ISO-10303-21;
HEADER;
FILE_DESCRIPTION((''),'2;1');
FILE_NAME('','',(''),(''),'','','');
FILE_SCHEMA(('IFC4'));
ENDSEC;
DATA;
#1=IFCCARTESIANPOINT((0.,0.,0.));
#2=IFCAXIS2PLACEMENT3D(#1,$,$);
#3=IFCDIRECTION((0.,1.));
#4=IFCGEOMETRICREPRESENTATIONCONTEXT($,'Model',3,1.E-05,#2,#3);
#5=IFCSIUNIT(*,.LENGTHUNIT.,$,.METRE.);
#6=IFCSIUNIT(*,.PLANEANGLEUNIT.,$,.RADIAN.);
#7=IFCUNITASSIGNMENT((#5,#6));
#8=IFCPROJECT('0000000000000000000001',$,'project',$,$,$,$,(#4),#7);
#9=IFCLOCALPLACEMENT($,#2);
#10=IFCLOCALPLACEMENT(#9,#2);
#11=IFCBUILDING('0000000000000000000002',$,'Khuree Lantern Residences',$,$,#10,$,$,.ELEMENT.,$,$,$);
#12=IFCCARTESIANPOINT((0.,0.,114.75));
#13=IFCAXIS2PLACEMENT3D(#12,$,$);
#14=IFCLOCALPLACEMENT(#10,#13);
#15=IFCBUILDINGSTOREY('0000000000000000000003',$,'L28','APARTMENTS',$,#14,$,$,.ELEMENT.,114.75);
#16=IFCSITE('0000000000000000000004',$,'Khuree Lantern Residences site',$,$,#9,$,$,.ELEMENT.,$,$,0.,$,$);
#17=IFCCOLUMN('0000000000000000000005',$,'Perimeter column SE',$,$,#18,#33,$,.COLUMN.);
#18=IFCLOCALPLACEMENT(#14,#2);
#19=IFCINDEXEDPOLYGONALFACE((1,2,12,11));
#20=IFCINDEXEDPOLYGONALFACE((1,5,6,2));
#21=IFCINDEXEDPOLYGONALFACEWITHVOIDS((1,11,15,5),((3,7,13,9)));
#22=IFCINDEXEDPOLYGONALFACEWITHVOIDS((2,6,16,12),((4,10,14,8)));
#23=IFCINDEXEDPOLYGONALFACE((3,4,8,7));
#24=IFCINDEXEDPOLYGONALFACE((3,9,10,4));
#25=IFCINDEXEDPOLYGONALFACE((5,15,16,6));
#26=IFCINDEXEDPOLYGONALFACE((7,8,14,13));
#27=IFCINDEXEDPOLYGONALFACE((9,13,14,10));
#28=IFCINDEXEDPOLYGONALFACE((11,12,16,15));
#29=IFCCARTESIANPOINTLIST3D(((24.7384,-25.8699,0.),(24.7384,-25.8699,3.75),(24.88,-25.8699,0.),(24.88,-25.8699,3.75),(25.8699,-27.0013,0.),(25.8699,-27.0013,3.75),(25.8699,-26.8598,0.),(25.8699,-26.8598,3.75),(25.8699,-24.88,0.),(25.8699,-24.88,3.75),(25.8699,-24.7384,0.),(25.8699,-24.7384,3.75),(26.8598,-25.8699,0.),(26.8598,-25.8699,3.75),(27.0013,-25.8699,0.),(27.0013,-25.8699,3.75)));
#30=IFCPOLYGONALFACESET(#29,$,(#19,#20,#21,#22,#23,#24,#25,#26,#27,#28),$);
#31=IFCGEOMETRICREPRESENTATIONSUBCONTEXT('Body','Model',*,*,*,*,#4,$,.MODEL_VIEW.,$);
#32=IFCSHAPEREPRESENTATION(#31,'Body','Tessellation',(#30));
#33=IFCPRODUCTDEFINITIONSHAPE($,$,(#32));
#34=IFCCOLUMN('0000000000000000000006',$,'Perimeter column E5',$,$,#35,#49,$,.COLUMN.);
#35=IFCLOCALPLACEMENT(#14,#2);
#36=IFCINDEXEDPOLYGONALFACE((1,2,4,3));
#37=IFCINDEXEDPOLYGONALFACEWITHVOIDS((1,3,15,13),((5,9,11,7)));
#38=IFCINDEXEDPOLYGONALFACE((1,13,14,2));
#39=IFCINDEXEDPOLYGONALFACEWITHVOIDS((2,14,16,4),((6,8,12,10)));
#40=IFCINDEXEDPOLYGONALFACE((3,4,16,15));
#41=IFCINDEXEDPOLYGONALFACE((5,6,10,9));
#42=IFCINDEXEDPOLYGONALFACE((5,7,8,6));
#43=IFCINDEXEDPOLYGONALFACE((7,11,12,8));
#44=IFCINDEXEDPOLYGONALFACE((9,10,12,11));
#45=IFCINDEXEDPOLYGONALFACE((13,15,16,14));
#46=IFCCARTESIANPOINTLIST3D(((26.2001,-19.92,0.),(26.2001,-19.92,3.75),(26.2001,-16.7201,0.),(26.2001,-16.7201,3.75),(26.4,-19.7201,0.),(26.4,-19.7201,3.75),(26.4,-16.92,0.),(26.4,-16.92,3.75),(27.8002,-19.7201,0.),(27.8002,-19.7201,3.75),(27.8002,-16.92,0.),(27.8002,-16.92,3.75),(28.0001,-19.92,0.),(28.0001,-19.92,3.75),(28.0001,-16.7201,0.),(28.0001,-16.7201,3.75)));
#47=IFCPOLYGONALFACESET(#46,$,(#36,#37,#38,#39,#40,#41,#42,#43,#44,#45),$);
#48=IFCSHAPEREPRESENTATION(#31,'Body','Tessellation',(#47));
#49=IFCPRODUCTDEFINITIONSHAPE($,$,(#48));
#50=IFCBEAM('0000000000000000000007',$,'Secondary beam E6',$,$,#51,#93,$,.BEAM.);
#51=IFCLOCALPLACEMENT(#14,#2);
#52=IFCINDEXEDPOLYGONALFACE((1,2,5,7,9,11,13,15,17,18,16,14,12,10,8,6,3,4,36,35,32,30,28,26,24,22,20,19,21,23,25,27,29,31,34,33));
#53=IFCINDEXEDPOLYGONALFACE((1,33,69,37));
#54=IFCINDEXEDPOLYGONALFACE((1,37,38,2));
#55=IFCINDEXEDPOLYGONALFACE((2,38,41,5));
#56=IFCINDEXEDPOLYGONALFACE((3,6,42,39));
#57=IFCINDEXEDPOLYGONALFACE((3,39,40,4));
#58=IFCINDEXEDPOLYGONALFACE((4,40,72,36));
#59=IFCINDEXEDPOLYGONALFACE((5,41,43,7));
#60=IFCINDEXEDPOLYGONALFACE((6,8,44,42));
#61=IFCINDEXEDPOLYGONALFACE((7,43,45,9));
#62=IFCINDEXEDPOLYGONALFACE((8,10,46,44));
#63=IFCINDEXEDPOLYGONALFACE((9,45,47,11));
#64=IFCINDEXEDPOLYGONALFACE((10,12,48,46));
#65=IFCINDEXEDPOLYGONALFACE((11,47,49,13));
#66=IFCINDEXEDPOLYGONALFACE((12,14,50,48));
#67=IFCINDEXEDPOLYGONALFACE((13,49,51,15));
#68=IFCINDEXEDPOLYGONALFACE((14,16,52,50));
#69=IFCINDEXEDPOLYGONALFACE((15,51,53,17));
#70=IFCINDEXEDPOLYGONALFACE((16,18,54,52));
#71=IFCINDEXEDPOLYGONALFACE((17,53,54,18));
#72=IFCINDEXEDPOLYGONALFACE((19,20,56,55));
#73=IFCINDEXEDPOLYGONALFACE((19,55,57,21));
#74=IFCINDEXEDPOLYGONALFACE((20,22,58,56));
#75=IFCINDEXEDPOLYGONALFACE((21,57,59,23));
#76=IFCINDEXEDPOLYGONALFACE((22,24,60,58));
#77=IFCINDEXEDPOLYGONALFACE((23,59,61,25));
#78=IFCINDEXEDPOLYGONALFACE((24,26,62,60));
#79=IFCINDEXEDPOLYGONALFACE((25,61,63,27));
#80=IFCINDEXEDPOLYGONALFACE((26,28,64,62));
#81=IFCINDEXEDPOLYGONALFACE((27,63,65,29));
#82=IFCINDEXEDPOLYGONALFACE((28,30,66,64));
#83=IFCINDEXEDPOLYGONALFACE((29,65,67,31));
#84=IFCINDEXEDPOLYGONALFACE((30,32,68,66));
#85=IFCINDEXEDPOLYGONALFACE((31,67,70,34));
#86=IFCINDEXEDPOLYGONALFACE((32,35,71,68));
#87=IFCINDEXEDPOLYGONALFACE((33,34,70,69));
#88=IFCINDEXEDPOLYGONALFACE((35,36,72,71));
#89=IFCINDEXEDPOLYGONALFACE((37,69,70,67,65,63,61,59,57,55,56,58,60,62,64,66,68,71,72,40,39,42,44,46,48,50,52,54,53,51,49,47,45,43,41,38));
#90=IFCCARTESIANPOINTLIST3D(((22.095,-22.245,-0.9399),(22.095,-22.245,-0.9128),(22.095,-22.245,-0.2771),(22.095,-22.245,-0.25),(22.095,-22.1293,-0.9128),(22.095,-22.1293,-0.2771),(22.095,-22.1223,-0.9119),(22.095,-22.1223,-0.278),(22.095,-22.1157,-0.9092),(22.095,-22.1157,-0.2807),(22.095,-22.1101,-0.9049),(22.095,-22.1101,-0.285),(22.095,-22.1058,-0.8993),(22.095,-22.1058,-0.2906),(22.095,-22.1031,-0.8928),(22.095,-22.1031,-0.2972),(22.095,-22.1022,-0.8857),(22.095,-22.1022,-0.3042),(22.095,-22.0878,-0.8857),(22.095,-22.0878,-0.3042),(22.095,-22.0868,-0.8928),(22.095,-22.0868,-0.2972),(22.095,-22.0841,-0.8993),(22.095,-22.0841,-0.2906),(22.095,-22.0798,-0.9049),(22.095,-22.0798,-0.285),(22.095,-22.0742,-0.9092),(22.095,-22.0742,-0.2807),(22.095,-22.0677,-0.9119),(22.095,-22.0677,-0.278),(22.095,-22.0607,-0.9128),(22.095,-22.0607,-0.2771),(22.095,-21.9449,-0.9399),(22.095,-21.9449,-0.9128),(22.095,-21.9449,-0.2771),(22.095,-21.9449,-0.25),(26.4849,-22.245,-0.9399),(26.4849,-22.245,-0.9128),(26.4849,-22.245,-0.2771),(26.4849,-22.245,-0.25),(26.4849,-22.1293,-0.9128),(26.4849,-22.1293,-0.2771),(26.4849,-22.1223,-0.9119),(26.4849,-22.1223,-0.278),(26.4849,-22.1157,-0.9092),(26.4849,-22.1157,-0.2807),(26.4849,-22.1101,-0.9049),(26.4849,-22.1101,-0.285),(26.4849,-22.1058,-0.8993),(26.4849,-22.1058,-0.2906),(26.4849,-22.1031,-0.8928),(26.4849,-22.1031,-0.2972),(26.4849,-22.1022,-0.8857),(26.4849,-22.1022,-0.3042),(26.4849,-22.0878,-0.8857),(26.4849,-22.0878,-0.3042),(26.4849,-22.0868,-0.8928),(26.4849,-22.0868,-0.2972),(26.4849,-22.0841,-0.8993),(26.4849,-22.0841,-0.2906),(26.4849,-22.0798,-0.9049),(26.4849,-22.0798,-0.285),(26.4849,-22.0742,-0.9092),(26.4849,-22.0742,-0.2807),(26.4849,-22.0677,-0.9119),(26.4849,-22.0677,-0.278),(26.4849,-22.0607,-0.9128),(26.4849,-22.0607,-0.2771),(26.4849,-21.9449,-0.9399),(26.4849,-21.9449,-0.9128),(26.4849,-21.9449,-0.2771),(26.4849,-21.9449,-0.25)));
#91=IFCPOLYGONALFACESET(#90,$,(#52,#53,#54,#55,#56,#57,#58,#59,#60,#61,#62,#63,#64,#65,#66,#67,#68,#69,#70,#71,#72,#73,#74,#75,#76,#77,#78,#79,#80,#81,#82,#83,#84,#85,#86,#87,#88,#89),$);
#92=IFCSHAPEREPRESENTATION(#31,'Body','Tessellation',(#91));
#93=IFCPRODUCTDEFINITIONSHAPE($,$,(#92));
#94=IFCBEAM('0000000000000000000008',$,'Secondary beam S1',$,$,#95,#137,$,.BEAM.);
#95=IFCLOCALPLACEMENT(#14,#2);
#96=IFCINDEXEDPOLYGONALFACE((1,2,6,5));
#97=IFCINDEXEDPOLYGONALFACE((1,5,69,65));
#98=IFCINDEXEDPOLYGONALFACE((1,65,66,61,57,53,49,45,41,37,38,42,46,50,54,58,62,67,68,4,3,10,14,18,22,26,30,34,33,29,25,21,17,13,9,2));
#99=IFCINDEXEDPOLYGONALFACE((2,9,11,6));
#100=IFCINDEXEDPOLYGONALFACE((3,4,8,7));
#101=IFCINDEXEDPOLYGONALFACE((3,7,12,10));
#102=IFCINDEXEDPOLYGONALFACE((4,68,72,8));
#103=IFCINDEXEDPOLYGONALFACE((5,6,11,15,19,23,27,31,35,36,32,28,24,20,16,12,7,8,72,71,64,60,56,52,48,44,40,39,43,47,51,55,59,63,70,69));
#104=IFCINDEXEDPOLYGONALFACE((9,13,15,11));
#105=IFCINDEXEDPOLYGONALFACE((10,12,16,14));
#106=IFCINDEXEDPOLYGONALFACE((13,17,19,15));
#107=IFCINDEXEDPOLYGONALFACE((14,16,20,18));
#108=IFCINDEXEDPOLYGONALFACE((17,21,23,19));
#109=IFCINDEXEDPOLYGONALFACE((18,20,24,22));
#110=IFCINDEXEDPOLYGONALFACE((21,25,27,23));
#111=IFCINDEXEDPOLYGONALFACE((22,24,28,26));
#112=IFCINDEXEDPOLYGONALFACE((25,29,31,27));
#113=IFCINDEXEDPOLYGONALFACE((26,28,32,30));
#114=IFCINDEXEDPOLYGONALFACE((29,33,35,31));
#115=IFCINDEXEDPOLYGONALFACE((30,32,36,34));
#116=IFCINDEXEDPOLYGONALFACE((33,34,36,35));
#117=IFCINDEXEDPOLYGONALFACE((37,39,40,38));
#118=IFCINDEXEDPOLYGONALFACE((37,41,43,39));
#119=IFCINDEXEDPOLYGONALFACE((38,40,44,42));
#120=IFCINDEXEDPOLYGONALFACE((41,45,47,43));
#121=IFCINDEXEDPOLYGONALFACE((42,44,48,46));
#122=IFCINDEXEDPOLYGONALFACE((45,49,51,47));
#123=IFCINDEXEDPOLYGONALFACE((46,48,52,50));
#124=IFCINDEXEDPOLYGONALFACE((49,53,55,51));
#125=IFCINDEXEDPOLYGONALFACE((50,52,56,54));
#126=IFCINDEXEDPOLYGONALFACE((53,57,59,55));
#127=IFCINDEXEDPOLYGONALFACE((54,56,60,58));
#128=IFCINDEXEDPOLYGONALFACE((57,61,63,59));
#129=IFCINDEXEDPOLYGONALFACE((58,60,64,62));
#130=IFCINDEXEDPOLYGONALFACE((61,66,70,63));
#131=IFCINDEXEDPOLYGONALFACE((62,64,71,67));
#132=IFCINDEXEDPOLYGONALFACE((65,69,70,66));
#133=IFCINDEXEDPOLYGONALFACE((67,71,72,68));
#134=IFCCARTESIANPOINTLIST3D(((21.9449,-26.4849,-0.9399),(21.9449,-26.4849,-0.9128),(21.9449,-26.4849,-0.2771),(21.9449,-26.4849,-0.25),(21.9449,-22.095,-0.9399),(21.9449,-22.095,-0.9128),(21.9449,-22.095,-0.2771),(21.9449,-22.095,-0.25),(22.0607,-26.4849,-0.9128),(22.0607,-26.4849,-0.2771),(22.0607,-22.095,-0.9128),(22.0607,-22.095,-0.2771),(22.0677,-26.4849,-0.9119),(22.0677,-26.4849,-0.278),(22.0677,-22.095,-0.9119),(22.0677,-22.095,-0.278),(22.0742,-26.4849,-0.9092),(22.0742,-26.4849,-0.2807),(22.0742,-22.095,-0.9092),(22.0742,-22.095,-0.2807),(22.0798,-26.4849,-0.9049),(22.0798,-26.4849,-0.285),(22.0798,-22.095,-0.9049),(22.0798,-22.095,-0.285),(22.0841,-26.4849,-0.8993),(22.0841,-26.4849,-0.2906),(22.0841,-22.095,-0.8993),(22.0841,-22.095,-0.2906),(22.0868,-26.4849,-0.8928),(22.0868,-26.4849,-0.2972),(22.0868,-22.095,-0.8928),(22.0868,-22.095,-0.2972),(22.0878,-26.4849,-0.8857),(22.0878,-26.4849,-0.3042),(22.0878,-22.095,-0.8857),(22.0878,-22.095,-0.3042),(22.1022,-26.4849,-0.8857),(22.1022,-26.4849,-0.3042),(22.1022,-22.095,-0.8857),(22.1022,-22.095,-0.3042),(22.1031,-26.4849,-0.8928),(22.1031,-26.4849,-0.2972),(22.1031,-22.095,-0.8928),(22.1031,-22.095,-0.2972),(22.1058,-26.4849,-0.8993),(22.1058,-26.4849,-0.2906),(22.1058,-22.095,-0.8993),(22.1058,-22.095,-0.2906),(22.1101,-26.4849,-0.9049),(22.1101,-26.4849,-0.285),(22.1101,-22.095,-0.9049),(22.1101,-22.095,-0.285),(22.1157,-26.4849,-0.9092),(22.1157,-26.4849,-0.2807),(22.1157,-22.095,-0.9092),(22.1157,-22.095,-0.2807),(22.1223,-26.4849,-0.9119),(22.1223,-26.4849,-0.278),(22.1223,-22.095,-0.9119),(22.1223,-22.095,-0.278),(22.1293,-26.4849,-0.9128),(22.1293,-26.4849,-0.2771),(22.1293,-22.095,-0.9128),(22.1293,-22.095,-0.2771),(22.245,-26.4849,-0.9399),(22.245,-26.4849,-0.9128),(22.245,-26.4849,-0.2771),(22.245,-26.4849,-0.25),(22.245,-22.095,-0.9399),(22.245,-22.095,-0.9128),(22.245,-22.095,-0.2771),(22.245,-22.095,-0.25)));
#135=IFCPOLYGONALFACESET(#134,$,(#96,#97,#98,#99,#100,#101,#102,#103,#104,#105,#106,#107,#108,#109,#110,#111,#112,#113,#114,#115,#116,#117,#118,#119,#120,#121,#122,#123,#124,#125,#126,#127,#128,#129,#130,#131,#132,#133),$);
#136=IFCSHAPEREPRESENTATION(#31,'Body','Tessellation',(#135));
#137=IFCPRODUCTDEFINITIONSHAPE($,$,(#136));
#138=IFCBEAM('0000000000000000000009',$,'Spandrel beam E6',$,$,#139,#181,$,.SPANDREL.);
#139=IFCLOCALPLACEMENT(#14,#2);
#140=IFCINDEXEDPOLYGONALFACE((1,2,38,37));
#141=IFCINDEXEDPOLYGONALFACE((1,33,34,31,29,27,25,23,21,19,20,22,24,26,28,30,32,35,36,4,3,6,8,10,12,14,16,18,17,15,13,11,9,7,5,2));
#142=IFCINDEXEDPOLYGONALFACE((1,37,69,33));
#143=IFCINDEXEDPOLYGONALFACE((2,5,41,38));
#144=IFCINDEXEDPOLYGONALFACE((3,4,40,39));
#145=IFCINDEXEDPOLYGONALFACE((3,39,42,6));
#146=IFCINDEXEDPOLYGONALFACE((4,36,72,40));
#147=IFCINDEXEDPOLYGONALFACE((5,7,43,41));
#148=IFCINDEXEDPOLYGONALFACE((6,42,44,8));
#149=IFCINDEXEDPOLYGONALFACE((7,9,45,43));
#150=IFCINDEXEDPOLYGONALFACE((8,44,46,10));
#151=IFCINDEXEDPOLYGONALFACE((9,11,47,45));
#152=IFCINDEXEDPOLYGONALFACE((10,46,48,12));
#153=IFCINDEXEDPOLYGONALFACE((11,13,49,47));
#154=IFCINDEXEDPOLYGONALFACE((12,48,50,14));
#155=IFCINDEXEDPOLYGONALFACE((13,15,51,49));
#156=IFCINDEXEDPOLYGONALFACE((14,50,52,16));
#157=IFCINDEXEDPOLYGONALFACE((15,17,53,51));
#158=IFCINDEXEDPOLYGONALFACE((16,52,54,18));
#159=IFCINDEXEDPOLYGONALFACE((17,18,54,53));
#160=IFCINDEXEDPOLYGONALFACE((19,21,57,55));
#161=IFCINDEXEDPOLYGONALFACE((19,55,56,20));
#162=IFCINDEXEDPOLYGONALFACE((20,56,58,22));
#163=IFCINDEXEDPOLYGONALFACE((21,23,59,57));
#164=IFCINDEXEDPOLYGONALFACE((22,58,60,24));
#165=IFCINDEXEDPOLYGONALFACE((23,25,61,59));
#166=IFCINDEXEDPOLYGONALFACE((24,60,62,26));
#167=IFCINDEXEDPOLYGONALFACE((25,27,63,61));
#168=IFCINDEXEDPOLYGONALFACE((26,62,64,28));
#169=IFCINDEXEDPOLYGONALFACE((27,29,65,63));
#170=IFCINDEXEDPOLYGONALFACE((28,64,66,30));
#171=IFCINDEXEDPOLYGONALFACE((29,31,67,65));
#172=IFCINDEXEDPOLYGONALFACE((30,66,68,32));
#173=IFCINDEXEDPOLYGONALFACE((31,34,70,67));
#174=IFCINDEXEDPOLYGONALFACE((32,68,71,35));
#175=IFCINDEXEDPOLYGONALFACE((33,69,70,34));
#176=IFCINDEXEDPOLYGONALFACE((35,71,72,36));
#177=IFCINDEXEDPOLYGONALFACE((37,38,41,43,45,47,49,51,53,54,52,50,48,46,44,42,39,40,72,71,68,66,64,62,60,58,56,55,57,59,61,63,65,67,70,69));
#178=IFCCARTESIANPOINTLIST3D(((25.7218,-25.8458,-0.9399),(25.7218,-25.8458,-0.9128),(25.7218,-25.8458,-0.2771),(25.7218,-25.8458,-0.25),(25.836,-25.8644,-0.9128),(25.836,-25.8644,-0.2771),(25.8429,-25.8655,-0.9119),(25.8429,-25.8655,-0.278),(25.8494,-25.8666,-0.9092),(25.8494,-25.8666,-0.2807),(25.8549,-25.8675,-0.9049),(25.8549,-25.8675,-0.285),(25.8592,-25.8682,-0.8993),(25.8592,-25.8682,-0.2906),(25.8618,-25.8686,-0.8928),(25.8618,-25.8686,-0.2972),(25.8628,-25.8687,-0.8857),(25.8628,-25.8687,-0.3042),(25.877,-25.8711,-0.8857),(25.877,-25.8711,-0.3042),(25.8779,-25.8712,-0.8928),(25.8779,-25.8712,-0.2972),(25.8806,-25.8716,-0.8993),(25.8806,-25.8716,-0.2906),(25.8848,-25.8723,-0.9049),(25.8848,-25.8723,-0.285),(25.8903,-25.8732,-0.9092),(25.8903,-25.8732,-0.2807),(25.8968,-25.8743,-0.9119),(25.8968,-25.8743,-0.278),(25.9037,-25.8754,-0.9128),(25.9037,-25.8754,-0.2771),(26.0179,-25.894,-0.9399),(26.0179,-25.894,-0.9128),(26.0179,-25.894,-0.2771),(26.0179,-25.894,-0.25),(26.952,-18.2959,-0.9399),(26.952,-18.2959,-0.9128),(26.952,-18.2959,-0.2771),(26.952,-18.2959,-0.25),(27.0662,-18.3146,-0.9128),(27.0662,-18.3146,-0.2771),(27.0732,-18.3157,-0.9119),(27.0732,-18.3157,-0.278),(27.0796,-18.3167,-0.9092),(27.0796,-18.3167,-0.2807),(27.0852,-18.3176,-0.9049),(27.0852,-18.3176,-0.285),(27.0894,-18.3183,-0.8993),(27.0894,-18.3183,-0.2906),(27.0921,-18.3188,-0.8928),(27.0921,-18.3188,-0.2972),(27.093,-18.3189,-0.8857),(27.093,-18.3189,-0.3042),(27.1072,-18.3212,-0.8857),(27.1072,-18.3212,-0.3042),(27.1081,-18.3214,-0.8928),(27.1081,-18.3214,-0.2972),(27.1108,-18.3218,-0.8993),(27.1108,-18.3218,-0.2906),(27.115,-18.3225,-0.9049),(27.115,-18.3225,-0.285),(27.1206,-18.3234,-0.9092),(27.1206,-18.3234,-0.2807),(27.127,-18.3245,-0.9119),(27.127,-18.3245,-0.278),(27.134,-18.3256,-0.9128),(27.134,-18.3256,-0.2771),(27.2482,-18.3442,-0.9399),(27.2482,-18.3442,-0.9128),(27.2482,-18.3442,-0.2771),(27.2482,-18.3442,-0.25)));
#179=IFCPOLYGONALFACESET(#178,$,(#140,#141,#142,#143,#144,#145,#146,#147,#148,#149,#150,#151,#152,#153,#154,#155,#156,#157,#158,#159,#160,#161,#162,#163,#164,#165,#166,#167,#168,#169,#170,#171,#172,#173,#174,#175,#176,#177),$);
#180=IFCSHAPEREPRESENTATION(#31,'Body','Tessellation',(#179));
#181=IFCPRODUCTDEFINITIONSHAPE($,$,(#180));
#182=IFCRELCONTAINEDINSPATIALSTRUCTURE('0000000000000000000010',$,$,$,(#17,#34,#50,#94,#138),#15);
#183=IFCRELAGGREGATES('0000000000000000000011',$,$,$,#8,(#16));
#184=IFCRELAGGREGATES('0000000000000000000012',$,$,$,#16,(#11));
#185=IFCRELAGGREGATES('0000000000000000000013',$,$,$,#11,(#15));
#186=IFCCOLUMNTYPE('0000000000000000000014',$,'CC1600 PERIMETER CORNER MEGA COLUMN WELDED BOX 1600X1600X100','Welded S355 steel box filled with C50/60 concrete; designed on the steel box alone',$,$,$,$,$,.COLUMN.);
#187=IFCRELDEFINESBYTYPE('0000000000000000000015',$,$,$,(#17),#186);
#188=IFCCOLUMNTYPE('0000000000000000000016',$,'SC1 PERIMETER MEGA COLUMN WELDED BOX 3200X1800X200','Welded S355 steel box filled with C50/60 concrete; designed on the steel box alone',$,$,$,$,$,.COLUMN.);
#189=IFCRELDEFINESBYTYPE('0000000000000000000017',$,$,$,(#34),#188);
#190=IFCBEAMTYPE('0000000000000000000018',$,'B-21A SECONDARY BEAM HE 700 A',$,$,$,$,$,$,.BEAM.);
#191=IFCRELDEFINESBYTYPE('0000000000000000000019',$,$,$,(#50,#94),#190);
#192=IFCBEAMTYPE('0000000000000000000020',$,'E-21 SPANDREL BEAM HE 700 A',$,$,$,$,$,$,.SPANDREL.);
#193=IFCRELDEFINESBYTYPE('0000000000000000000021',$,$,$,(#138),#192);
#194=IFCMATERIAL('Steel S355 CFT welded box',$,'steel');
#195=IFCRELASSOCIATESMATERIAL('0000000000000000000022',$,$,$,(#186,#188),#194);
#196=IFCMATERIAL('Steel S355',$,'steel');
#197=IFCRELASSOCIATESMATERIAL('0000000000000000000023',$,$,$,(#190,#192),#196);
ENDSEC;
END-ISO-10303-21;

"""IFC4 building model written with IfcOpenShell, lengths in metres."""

from ifc_helpers import new_model, si_unit, direction, frame, origin, origin_2d, place, context, subcontext, project, spatial, hollow_rectangle, i_section, extrude, material, material_profile, profile_set, type_object, element, save


model = new_model("IFC4")

# Units and contexts
model_context = context("Model", 3, precision=1e-05, world=origin(), true_north=direction((0.0, 1.0)))
body_context = subcontext(model_context, "Body", "Model", "MODEL_VIEW")
ifc_project = project(units=[si_unit("LENGTHUNIT", "METRE"), si_unit("PLANEANGLEUNIT", "RADIAN")], contexts=[model_context])

# Site, building, storey
site_placement = place(None, origin())
site = spatial("IfcSite", under=ifc_project, at=site_placement, Name="Khuree Lantern Residences site", CompositionType="ELEMENT", RefElevation=0.0)
building_placement = place(site_placement, origin())
building = spatial("IfcBuilding", under=site, at=building_placement, Name="Khuree Lantern Residences", CompositionType="ELEMENT")
storey_placement = place(building_placement, frame((0.0, 0.0, 114.75)))
storey = spatial("IfcBuildingStorey", under=building, at=storey_placement, Name="L28", Description="APARTMENTS", CompositionType="ELEMENT", Elevation=114.75)

# Columns
ifc_material_1 = material(Name="Steel S355 CFT welded box", Category="steel")
ifc_material_profile_1 = material_profile(ifc_material_1, hollow_rectangle(XDim=1.6001, YDim=1.6001, WallThickness=0.1001, at=origin_2d()), Name="WELDED BOX 1600X1600X100")
ifc_profile_set_1 = profile_set([ifc_material_profile_1], Name="Steel S355 CFT welded box")
column_type_1 = type_object("IfcColumnType", Name="CC1600 PERIMETER CORNER MEGA COLUMN WELDED BOX 1600X1600X100", Description="Welded S355 steel box filled with C50/60 concrete; designed on the steel box alone", PredefinedType="COLUMN", material=ifc_profile_set_1)
column_1_placement = place(storey_placement, frame((25.8699, -25.8699, 0.0), z_axis=(0.0, 0.0, 1.0), x_axis=(0.707107, 0.707107, 0.0)))
element("IfcColumn", 1, at=column_1_placement, inside=storey, type_object=column_type_1, Name="Perimeter column SE", PredefinedType="COLUMN", context=body_context, shape_type="SweptSolid", body=[
    extrude(hollow_rectangle(XDim=1.6001, YDim=1.6001, WallThickness=0.1001, at=origin_2d()), origin(), (0.0, 0.0, 1.0), 3.75),
])
ifc_material_profile_2 = material_profile(ifc_material_1, hollow_rectangle(XDim=3.2, YDim=1.8, WallThickness=0.2, at=origin_2d()), Name="WELDED BOX 3200X1800X200")
ifc_profile_set_2 = profile_set([ifc_material_profile_2], Name="Steel S355 CFT welded box")
column_type_2 = type_object("IfcColumnType", Name="SC1 PERIMETER MEGA COLUMN WELDED BOX 3200X1800X200", Description="Welded S355 steel box filled with C50/60 concrete; designed on the steel box alone", PredefinedType="COLUMN", material=ifc_profile_set_2)
column_2_placement = place(storey_placement, frame((27.1001, -18.3201, 0.0), z_axis=(0.0, 0.0, 1.0), x_axis=(0.0, 1.0, 0.0)))
element("IfcColumn", 2, at=column_2_placement, inside=storey, type_object=column_type_2, Name="Perimeter column E5", PredefinedType="COLUMN", context=body_context, shape_type="SweptSolid", body=[
    extrude(hollow_rectangle(XDim=3.2, YDim=1.8, WallThickness=0.2, at=origin_2d()), origin(), (0.0, 0.0, 1.0), 3.75),
])

# Beams
ifc_material_2 = material(Name="Steel S355", Category="steel")
ifc_material_profile_3 = material_profile(ifc_material_2, i_section(OverallWidth=0.3, OverallDepth=0.6899, WebThickness=0.0144, FlangeThickness=0.0271, FilletRadius=0.0271, at=origin_2d()), Name="HE 700 A")
ifc_profile_set_3 = profile_set([ifc_material_profile_3], Name="Steel S355")
beam_type_1 = type_object("IfcBeamType", Name="B-21A SECONDARY BEAM HE 700 A", PredefinedType="BEAM", material=ifc_profile_set_3)
for number, where, z_axis, x_axis, name in (
    (3, (26.4849, -22.095, -0.595), (-1.0, 0.0, 0.0), (0.0, -1.0, 0.0), "Secondary beam E6"),
    (4, (22.095, -26.4849, -0.595), (0.0, 1.0, 0.0), (-1.0, 0.0, 0.0), "Secondary beam S1"),
):
    element("IfcBeam", number, at=place(storey_placement, frame(where, z_axis=z_axis, x_axis=x_axis)), inside=storey, type_object=beam_type_1, Name=name, PredefinedType="BEAM", context=body_context, shape_type="SweptSolid", body=[
        extrude(i_section(OverallWidth=0.3, OverallDepth=0.6899, WebThickness=0.0144, FlangeThickness=0.0271, FilletRadius=0.0271, at=origin_2d()), origin(), (0.0, 0.0, 1.0), 4.3899),
    ])
ifc_material_profile_4 = material_profile(ifc_material_2, i_section(OverallWidth=0.3, OverallDepth=0.6899, WebThickness=0.0144, FlangeThickness=0.0271, FilletRadius=0.0271, at=origin_2d()), Name="HE 700 A")
ifc_profile_set_4 = profile_set([ifc_material_profile_4], Name="Steel S355")
beam_type_2 = type_object("IfcBeamType", Name="E-21 SPANDREL BEAM HE 700 A", PredefinedType="SPANDREL", material=ifc_profile_set_4)
for number, where, z_axis, x_axis, name in (
    (5, (27.1001, -18.3201, -0.595), (-0.160827, -0.986983, 0.0), (0.986983, -0.160827, 0.0), "Spandrel beam E6"),
):
    element("IfcBeam", number, at=place(storey_placement, frame(where, z_axis=z_axis, x_axis=x_axis)), inside=storey, type_object=beam_type_2, Name=name, PredefinedType="SPANDREL", context=body_context, shape_type="SweptSolid", body=[
        extrude(i_section(OverallWidth=0.3, OverallDepth=0.6899, WebThickness=0.0144, FlangeThickness=0.0271, FilletRadius=0.0271, at=origin_2d()), origin(), (0.0, 0.0, 1.0), 7.6494),
    ])

save(model, "model.ifc")
